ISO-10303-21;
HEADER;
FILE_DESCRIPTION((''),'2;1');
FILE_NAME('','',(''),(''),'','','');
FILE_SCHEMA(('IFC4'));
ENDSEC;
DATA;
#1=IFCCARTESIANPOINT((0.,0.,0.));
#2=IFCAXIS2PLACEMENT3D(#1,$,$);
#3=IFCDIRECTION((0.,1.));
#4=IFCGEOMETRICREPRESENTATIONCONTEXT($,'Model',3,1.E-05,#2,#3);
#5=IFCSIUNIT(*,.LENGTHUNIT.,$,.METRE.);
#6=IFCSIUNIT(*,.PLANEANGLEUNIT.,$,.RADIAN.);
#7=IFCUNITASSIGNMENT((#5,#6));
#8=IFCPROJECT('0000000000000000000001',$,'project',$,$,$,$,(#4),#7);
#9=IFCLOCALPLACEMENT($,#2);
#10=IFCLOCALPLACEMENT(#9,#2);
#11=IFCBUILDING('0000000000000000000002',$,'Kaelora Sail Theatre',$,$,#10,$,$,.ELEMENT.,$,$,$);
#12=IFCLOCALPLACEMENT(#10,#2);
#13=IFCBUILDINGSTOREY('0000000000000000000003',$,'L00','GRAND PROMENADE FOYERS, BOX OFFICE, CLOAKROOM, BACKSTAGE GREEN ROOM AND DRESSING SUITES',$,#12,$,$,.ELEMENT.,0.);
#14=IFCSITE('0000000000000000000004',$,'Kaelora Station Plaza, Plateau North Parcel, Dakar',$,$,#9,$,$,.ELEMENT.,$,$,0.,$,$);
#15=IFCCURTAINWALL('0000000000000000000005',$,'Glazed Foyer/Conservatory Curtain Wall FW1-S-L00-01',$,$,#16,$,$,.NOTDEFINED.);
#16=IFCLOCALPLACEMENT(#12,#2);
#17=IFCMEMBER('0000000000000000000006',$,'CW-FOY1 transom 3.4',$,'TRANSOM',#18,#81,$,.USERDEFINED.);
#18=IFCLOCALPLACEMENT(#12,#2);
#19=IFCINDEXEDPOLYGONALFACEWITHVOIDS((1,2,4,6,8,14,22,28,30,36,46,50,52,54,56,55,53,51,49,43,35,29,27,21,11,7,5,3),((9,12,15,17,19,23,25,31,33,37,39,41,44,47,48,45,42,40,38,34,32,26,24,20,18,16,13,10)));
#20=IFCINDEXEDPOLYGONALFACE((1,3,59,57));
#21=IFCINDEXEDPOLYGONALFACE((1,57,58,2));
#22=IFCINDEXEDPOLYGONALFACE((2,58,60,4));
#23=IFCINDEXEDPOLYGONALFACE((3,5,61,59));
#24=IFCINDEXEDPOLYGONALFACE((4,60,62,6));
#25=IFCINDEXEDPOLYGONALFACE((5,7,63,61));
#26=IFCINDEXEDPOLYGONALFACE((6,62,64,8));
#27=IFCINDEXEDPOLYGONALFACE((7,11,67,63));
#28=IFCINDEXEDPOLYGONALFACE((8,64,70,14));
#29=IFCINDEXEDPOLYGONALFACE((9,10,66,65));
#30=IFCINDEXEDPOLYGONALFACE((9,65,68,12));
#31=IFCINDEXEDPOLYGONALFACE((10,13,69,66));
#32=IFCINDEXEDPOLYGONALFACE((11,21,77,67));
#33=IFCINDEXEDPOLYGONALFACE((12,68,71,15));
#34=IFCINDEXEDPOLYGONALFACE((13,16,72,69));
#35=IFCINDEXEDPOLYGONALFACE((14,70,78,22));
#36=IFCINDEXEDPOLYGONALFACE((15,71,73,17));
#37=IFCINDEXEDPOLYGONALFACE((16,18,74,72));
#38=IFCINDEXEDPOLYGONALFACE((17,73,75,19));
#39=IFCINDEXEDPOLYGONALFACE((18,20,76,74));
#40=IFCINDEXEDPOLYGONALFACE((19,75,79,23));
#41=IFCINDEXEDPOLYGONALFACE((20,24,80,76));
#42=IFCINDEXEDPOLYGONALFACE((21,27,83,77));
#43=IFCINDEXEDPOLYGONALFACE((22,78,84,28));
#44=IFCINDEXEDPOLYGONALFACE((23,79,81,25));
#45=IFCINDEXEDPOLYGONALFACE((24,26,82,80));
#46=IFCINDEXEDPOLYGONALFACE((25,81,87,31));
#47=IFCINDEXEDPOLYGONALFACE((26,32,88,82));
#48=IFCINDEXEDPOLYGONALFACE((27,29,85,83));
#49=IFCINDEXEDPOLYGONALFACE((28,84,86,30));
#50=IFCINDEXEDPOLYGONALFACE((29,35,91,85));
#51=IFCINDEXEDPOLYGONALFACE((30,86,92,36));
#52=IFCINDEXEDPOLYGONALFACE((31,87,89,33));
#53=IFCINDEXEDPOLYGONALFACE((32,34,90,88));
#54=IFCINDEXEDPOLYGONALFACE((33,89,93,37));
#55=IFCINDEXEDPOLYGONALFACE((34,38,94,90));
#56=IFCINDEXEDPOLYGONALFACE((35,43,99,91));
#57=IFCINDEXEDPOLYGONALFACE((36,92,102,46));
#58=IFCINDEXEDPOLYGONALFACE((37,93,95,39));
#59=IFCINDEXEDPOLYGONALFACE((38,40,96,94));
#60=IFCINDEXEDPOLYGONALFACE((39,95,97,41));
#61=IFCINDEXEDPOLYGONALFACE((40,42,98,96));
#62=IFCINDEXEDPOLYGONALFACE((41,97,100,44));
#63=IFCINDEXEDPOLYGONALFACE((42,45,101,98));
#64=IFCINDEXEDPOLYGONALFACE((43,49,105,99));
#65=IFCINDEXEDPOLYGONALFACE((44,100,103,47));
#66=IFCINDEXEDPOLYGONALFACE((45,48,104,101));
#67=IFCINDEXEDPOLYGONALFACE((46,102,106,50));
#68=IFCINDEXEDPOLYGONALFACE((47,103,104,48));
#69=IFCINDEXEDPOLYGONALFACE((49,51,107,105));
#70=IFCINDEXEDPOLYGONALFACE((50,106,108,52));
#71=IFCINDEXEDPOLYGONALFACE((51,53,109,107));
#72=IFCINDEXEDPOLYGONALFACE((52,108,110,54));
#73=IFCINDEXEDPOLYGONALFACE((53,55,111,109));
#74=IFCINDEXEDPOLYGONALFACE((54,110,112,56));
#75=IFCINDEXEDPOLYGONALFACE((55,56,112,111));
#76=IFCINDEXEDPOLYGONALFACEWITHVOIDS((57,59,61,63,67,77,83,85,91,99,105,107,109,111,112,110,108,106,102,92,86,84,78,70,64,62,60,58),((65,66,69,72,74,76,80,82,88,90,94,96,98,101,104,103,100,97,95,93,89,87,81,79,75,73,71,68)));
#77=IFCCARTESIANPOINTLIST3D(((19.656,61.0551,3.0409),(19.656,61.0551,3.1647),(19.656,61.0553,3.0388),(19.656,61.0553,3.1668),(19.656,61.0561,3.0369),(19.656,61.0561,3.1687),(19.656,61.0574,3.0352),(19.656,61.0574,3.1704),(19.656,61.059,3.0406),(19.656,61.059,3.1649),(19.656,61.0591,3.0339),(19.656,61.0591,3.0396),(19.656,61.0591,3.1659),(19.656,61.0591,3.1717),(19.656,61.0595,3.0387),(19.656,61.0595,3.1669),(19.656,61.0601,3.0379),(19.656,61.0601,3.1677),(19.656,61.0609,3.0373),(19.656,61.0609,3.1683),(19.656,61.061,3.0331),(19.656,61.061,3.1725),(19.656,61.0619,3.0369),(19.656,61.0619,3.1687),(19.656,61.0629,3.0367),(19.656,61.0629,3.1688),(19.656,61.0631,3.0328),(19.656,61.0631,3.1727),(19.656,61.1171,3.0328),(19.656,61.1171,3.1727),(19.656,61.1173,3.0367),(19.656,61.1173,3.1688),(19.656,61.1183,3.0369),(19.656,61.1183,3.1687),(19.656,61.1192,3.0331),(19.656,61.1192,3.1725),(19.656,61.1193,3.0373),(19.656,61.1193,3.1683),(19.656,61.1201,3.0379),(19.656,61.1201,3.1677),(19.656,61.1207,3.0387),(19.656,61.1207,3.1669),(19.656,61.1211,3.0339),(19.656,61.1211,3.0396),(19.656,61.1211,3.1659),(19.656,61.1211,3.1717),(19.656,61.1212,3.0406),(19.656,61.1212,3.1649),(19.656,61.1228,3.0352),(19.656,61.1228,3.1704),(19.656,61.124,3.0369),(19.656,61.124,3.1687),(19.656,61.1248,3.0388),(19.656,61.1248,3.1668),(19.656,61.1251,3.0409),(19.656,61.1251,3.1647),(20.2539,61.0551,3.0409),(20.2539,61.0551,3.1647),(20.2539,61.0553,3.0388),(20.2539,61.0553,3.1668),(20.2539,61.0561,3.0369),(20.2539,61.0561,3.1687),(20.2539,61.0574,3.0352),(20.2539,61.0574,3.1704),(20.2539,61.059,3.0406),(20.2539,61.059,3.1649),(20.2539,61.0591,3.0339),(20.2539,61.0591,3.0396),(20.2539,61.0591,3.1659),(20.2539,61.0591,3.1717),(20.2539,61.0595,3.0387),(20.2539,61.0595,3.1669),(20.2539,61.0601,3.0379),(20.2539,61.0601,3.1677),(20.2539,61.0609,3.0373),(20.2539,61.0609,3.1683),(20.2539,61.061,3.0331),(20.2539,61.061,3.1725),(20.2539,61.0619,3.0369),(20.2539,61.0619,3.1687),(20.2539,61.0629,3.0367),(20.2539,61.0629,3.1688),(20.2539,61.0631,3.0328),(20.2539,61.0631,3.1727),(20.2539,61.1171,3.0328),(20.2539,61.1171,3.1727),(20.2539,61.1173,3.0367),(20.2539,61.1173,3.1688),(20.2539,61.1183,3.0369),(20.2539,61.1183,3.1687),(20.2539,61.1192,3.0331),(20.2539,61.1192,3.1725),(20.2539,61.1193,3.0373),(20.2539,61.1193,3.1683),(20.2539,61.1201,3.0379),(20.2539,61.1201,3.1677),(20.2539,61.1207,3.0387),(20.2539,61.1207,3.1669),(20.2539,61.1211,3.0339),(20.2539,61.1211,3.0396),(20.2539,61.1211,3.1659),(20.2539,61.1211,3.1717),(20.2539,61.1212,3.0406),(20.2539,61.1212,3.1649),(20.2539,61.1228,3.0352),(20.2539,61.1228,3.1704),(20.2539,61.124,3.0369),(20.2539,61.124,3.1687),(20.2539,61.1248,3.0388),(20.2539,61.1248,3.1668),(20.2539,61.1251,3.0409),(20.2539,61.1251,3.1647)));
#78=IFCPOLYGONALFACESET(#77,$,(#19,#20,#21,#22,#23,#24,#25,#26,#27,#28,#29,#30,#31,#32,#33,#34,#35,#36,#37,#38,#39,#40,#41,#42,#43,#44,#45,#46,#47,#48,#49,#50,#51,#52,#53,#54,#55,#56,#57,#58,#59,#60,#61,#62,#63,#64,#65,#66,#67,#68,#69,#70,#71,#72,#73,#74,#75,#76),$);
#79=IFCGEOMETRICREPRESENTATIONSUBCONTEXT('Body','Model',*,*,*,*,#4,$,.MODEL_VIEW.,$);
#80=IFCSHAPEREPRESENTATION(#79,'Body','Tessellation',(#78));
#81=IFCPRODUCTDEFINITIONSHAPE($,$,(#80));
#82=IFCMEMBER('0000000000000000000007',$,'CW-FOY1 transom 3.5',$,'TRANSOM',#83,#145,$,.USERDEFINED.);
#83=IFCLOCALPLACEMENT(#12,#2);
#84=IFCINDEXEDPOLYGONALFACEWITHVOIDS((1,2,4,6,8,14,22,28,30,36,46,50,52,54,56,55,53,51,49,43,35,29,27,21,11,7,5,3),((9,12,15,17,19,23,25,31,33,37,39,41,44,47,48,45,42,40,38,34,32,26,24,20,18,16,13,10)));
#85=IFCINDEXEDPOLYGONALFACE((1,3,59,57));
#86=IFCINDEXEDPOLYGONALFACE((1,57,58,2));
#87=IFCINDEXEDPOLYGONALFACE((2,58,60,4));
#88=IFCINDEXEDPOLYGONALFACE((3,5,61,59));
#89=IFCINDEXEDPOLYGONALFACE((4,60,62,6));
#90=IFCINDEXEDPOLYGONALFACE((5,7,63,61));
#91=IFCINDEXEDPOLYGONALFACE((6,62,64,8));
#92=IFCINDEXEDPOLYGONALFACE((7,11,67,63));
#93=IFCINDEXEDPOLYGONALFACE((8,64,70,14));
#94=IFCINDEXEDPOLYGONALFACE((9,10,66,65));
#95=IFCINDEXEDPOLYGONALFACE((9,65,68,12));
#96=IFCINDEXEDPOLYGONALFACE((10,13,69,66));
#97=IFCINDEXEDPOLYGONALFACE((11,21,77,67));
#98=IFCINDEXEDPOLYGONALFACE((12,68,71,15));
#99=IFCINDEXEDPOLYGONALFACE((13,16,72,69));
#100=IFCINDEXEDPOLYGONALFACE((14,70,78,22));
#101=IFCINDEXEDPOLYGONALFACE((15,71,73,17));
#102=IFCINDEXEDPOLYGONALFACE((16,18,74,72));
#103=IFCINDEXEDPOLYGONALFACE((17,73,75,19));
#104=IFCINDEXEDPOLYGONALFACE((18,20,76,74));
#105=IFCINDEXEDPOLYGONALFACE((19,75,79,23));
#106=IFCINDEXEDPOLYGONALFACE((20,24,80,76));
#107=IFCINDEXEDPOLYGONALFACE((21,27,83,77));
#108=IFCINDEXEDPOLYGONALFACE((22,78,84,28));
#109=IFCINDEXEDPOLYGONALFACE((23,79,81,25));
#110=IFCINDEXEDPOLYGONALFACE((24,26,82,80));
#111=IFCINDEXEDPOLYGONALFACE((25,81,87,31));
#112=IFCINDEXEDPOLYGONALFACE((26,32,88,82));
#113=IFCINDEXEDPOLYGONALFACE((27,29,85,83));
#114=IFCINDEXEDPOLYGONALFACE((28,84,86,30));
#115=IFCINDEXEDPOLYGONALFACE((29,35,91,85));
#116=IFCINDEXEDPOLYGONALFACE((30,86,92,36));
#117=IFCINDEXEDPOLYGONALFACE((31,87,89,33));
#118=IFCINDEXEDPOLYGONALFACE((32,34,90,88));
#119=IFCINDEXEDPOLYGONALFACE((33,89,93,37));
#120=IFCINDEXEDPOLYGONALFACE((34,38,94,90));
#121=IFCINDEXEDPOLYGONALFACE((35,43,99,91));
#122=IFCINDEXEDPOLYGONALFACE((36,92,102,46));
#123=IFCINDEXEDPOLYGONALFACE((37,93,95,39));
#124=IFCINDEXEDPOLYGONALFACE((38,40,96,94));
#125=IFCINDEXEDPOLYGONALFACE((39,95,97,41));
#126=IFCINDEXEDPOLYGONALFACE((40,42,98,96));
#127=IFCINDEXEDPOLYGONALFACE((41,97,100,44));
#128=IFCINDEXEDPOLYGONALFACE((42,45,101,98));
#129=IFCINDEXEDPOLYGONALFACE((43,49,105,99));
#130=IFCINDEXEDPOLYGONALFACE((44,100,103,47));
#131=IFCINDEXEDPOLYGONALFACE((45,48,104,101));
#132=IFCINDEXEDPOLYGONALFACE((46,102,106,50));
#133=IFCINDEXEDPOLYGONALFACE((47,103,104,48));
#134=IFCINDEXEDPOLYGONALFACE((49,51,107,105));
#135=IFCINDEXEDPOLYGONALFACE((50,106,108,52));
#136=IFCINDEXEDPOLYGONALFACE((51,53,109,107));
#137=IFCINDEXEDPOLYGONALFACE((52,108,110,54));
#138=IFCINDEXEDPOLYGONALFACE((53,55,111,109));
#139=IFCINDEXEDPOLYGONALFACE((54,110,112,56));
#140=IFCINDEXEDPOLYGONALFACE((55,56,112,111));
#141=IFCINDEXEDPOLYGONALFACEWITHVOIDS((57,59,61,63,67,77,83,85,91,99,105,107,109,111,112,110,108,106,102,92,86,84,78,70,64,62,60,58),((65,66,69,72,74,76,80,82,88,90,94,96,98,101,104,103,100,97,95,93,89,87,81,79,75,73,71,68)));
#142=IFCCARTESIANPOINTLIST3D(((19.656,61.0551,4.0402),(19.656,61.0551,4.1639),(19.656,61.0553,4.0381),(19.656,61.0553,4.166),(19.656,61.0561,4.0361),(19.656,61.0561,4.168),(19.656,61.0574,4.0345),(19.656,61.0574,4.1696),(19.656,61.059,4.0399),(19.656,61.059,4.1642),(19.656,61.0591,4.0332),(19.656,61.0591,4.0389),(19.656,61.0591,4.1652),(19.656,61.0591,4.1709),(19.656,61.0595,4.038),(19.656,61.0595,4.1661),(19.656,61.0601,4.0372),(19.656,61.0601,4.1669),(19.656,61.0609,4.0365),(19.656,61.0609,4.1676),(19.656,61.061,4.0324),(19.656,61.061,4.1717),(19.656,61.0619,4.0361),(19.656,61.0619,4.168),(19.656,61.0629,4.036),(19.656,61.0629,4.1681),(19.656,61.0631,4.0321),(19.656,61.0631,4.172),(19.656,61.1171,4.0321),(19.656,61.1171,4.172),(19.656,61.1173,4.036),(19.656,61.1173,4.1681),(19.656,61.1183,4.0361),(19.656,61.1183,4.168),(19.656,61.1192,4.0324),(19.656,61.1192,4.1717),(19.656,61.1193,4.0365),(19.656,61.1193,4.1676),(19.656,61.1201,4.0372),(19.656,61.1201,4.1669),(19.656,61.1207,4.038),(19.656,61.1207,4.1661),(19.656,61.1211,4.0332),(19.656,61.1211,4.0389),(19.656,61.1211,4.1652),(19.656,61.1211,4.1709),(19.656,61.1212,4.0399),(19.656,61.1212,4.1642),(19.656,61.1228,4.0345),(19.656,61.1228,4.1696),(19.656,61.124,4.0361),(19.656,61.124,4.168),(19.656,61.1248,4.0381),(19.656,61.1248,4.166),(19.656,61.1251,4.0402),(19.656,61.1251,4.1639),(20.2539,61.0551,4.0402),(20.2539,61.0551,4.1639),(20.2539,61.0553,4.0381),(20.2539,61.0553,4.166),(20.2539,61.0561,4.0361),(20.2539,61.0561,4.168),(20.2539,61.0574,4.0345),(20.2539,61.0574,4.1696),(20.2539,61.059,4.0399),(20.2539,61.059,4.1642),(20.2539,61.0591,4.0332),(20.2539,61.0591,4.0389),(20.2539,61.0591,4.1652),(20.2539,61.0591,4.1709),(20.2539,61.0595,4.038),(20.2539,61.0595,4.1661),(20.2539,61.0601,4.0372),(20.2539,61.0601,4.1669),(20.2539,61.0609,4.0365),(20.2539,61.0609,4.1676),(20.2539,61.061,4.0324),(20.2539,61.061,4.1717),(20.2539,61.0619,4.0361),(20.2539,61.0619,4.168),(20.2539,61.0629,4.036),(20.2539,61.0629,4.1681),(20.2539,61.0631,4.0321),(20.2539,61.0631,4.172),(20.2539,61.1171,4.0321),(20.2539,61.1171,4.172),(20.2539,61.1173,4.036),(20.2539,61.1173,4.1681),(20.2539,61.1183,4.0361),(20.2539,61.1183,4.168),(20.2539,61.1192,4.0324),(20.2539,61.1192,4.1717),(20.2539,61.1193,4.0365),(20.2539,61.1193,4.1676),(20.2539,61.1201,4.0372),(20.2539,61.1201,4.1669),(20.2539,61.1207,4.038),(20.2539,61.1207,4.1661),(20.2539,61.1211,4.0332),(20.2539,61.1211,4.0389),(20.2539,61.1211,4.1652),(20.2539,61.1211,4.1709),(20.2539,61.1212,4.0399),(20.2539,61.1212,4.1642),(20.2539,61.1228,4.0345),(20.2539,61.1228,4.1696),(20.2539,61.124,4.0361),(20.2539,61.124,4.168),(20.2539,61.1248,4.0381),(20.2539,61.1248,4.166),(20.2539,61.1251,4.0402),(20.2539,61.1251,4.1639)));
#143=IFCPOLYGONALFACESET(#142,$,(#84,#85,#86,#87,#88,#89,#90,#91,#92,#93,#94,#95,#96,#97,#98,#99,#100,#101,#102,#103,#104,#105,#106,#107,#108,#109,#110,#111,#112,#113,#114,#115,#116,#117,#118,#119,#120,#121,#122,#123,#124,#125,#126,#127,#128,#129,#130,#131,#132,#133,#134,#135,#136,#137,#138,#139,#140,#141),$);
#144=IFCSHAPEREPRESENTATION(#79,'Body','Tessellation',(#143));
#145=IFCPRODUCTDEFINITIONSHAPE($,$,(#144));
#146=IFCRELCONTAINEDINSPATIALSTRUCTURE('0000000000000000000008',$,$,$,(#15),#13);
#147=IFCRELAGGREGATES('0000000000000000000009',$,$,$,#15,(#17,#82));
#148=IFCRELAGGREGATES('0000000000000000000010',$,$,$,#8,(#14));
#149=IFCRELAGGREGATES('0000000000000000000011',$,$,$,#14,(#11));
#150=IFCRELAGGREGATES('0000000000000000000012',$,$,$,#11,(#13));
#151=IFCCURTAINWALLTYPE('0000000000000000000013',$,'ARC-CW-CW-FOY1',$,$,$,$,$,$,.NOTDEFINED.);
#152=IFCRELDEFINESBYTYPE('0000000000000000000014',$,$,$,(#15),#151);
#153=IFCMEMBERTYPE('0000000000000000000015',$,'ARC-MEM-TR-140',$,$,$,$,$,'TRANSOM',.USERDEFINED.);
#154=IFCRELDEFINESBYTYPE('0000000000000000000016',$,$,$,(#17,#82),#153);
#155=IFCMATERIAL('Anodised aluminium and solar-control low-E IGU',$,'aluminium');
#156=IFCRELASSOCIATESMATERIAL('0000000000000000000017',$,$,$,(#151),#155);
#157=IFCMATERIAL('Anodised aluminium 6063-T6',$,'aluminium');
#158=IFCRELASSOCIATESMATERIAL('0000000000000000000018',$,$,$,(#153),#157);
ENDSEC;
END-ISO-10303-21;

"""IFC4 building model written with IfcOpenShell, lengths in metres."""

from ifc_helpers import new_model, si_unit, direction, frame, origin, origin_2d, place, context, subcontext, project, spatial, hollow_rectangle, extrude, material, material_profile, profile_set, type_object, element, aggregate, save


model = new_model("IFC4")

# Units and contexts
model_context = context("Model", 3, precision=1e-05, world=origin(), true_north=direction((0.0, 1.0)))
body_context = subcontext(model_context, "Body", "Model", "MODEL_VIEW")
ifc_project = project(units=[si_unit("LENGTHUNIT", "METRE"), si_unit("PLANEANGLEUNIT", "RADIAN")], contexts=[model_context])

# Site, building, storey
site_placement = place(None, origin())
site = spatial("IfcSite", under=ifc_project, at=site_placement, Name="Kaelora Station Plaza, Plateau North Parcel, Dakar", CompositionType="ELEMENT", RefElevation=0.0)
building_placement = place(site_placement, origin())
building = spatial("IfcBuilding", under=site, at=building_placement, Name="Kaelora Sail Theatre", CompositionType="ELEMENT")
storey_placement = place(building_placement, origin())
storey = spatial("IfcBuildingStorey", under=building, at=storey_placement, Name="L00", Description="GRAND PROMENADE FOYERS, BOX OFFICE, CLOAKROOM, BACKSTAGE GREEN ROOM AND DRESSING SUITES", CompositionType="ELEMENT", Elevation=0.0)

# Curtain wall, members
ifc_material_1 = material(Name="Anodised aluminium and solar-control low-E IGU", Category="aluminium")
curtain_wall_type = type_object("IfcCurtainWallType", Name="ARC-CW-CW-FOY1", PredefinedType="NOTDEFINED", material=ifc_material_1)
curtain_wall_placement = place(storey_placement, origin())
curtain_wall = element("IfcCurtainWall", 1, at=curtain_wall_placement, inside=storey, type_object=curtain_wall_type, Name="Glazed Foyer/Conservatory Curtain Wall FW1-S-L00-01", PredefinedType="NOTDEFINED")
ifc_material_2 = material(Name="Anodised aluminium 6063-T6", Category="aluminium")
ifc_material_profile = material_profile(ifc_material_2, hollow_rectangle(XDim=0.0701, YDim=0.1399, WallThickness=0.0039, InnerFilletRadius=0.0039, OuterFilletRadius=0.0081, at=origin_2d()), Name="ALU-TRAN 70x140x4")
ifc_profile_set = profile_set([ifc_material_profile], Name="Anodised aluminium 6063-T6")
member_type = type_object("IfcMemberType", Name="ARC-MEM-TR-140", ElementType="TRANSOM", PredefinedType="USERDEFINED", material=ifc_profile_set)
member_1_placement = place(storey_placement, frame((19.656, 61.0901, 3.1028), z_axis=(1.0, 0.0, 0.0), x_axis=(0.0, 1.0, 0.0)))
member_1 = element("IfcMember", 2, at=member_1_placement, type_object=member_type, Name="CW-FOY1 transom 3.4", ObjectType="TRANSOM", PredefinedType="USERDEFINED", context=body_context, shape_type="SweptSolid", body=[
    extrude(hollow_rectangle(XDim=0.0701, YDim=0.1399, WallThickness=0.0039, InnerFilletRadius=0.0039, OuterFilletRadius=0.0081, at=origin_2d()), origin(), (0.0, 0.0, 1.0), 0.5979),
])
member_2_placement = place(storey_placement, frame((19.656, 61.0901, 4.1021), z_axis=(1.0, 0.0, 0.0), x_axis=(0.0, 1.0, 0.0)))
member_2 = element("IfcMember", 3, at=member_2_placement, type_object=member_type, Name="CW-FOY1 transom 3.5", ObjectType="TRANSOM", PredefinedType="USERDEFINED", context=body_context, shape_type="SweptSolid", body=[
    extrude(hollow_rectangle(XDim=0.0701, YDim=0.1399, WallThickness=0.0039, InnerFilletRadius=0.0039, OuterFilletRadius=0.0081, at=origin_2d()), origin(), (0.0, 0.0, 1.0), 0.5979),
])
aggregate(curtain_wall, [member_1, member_2])

save(model, "model.ifc")
